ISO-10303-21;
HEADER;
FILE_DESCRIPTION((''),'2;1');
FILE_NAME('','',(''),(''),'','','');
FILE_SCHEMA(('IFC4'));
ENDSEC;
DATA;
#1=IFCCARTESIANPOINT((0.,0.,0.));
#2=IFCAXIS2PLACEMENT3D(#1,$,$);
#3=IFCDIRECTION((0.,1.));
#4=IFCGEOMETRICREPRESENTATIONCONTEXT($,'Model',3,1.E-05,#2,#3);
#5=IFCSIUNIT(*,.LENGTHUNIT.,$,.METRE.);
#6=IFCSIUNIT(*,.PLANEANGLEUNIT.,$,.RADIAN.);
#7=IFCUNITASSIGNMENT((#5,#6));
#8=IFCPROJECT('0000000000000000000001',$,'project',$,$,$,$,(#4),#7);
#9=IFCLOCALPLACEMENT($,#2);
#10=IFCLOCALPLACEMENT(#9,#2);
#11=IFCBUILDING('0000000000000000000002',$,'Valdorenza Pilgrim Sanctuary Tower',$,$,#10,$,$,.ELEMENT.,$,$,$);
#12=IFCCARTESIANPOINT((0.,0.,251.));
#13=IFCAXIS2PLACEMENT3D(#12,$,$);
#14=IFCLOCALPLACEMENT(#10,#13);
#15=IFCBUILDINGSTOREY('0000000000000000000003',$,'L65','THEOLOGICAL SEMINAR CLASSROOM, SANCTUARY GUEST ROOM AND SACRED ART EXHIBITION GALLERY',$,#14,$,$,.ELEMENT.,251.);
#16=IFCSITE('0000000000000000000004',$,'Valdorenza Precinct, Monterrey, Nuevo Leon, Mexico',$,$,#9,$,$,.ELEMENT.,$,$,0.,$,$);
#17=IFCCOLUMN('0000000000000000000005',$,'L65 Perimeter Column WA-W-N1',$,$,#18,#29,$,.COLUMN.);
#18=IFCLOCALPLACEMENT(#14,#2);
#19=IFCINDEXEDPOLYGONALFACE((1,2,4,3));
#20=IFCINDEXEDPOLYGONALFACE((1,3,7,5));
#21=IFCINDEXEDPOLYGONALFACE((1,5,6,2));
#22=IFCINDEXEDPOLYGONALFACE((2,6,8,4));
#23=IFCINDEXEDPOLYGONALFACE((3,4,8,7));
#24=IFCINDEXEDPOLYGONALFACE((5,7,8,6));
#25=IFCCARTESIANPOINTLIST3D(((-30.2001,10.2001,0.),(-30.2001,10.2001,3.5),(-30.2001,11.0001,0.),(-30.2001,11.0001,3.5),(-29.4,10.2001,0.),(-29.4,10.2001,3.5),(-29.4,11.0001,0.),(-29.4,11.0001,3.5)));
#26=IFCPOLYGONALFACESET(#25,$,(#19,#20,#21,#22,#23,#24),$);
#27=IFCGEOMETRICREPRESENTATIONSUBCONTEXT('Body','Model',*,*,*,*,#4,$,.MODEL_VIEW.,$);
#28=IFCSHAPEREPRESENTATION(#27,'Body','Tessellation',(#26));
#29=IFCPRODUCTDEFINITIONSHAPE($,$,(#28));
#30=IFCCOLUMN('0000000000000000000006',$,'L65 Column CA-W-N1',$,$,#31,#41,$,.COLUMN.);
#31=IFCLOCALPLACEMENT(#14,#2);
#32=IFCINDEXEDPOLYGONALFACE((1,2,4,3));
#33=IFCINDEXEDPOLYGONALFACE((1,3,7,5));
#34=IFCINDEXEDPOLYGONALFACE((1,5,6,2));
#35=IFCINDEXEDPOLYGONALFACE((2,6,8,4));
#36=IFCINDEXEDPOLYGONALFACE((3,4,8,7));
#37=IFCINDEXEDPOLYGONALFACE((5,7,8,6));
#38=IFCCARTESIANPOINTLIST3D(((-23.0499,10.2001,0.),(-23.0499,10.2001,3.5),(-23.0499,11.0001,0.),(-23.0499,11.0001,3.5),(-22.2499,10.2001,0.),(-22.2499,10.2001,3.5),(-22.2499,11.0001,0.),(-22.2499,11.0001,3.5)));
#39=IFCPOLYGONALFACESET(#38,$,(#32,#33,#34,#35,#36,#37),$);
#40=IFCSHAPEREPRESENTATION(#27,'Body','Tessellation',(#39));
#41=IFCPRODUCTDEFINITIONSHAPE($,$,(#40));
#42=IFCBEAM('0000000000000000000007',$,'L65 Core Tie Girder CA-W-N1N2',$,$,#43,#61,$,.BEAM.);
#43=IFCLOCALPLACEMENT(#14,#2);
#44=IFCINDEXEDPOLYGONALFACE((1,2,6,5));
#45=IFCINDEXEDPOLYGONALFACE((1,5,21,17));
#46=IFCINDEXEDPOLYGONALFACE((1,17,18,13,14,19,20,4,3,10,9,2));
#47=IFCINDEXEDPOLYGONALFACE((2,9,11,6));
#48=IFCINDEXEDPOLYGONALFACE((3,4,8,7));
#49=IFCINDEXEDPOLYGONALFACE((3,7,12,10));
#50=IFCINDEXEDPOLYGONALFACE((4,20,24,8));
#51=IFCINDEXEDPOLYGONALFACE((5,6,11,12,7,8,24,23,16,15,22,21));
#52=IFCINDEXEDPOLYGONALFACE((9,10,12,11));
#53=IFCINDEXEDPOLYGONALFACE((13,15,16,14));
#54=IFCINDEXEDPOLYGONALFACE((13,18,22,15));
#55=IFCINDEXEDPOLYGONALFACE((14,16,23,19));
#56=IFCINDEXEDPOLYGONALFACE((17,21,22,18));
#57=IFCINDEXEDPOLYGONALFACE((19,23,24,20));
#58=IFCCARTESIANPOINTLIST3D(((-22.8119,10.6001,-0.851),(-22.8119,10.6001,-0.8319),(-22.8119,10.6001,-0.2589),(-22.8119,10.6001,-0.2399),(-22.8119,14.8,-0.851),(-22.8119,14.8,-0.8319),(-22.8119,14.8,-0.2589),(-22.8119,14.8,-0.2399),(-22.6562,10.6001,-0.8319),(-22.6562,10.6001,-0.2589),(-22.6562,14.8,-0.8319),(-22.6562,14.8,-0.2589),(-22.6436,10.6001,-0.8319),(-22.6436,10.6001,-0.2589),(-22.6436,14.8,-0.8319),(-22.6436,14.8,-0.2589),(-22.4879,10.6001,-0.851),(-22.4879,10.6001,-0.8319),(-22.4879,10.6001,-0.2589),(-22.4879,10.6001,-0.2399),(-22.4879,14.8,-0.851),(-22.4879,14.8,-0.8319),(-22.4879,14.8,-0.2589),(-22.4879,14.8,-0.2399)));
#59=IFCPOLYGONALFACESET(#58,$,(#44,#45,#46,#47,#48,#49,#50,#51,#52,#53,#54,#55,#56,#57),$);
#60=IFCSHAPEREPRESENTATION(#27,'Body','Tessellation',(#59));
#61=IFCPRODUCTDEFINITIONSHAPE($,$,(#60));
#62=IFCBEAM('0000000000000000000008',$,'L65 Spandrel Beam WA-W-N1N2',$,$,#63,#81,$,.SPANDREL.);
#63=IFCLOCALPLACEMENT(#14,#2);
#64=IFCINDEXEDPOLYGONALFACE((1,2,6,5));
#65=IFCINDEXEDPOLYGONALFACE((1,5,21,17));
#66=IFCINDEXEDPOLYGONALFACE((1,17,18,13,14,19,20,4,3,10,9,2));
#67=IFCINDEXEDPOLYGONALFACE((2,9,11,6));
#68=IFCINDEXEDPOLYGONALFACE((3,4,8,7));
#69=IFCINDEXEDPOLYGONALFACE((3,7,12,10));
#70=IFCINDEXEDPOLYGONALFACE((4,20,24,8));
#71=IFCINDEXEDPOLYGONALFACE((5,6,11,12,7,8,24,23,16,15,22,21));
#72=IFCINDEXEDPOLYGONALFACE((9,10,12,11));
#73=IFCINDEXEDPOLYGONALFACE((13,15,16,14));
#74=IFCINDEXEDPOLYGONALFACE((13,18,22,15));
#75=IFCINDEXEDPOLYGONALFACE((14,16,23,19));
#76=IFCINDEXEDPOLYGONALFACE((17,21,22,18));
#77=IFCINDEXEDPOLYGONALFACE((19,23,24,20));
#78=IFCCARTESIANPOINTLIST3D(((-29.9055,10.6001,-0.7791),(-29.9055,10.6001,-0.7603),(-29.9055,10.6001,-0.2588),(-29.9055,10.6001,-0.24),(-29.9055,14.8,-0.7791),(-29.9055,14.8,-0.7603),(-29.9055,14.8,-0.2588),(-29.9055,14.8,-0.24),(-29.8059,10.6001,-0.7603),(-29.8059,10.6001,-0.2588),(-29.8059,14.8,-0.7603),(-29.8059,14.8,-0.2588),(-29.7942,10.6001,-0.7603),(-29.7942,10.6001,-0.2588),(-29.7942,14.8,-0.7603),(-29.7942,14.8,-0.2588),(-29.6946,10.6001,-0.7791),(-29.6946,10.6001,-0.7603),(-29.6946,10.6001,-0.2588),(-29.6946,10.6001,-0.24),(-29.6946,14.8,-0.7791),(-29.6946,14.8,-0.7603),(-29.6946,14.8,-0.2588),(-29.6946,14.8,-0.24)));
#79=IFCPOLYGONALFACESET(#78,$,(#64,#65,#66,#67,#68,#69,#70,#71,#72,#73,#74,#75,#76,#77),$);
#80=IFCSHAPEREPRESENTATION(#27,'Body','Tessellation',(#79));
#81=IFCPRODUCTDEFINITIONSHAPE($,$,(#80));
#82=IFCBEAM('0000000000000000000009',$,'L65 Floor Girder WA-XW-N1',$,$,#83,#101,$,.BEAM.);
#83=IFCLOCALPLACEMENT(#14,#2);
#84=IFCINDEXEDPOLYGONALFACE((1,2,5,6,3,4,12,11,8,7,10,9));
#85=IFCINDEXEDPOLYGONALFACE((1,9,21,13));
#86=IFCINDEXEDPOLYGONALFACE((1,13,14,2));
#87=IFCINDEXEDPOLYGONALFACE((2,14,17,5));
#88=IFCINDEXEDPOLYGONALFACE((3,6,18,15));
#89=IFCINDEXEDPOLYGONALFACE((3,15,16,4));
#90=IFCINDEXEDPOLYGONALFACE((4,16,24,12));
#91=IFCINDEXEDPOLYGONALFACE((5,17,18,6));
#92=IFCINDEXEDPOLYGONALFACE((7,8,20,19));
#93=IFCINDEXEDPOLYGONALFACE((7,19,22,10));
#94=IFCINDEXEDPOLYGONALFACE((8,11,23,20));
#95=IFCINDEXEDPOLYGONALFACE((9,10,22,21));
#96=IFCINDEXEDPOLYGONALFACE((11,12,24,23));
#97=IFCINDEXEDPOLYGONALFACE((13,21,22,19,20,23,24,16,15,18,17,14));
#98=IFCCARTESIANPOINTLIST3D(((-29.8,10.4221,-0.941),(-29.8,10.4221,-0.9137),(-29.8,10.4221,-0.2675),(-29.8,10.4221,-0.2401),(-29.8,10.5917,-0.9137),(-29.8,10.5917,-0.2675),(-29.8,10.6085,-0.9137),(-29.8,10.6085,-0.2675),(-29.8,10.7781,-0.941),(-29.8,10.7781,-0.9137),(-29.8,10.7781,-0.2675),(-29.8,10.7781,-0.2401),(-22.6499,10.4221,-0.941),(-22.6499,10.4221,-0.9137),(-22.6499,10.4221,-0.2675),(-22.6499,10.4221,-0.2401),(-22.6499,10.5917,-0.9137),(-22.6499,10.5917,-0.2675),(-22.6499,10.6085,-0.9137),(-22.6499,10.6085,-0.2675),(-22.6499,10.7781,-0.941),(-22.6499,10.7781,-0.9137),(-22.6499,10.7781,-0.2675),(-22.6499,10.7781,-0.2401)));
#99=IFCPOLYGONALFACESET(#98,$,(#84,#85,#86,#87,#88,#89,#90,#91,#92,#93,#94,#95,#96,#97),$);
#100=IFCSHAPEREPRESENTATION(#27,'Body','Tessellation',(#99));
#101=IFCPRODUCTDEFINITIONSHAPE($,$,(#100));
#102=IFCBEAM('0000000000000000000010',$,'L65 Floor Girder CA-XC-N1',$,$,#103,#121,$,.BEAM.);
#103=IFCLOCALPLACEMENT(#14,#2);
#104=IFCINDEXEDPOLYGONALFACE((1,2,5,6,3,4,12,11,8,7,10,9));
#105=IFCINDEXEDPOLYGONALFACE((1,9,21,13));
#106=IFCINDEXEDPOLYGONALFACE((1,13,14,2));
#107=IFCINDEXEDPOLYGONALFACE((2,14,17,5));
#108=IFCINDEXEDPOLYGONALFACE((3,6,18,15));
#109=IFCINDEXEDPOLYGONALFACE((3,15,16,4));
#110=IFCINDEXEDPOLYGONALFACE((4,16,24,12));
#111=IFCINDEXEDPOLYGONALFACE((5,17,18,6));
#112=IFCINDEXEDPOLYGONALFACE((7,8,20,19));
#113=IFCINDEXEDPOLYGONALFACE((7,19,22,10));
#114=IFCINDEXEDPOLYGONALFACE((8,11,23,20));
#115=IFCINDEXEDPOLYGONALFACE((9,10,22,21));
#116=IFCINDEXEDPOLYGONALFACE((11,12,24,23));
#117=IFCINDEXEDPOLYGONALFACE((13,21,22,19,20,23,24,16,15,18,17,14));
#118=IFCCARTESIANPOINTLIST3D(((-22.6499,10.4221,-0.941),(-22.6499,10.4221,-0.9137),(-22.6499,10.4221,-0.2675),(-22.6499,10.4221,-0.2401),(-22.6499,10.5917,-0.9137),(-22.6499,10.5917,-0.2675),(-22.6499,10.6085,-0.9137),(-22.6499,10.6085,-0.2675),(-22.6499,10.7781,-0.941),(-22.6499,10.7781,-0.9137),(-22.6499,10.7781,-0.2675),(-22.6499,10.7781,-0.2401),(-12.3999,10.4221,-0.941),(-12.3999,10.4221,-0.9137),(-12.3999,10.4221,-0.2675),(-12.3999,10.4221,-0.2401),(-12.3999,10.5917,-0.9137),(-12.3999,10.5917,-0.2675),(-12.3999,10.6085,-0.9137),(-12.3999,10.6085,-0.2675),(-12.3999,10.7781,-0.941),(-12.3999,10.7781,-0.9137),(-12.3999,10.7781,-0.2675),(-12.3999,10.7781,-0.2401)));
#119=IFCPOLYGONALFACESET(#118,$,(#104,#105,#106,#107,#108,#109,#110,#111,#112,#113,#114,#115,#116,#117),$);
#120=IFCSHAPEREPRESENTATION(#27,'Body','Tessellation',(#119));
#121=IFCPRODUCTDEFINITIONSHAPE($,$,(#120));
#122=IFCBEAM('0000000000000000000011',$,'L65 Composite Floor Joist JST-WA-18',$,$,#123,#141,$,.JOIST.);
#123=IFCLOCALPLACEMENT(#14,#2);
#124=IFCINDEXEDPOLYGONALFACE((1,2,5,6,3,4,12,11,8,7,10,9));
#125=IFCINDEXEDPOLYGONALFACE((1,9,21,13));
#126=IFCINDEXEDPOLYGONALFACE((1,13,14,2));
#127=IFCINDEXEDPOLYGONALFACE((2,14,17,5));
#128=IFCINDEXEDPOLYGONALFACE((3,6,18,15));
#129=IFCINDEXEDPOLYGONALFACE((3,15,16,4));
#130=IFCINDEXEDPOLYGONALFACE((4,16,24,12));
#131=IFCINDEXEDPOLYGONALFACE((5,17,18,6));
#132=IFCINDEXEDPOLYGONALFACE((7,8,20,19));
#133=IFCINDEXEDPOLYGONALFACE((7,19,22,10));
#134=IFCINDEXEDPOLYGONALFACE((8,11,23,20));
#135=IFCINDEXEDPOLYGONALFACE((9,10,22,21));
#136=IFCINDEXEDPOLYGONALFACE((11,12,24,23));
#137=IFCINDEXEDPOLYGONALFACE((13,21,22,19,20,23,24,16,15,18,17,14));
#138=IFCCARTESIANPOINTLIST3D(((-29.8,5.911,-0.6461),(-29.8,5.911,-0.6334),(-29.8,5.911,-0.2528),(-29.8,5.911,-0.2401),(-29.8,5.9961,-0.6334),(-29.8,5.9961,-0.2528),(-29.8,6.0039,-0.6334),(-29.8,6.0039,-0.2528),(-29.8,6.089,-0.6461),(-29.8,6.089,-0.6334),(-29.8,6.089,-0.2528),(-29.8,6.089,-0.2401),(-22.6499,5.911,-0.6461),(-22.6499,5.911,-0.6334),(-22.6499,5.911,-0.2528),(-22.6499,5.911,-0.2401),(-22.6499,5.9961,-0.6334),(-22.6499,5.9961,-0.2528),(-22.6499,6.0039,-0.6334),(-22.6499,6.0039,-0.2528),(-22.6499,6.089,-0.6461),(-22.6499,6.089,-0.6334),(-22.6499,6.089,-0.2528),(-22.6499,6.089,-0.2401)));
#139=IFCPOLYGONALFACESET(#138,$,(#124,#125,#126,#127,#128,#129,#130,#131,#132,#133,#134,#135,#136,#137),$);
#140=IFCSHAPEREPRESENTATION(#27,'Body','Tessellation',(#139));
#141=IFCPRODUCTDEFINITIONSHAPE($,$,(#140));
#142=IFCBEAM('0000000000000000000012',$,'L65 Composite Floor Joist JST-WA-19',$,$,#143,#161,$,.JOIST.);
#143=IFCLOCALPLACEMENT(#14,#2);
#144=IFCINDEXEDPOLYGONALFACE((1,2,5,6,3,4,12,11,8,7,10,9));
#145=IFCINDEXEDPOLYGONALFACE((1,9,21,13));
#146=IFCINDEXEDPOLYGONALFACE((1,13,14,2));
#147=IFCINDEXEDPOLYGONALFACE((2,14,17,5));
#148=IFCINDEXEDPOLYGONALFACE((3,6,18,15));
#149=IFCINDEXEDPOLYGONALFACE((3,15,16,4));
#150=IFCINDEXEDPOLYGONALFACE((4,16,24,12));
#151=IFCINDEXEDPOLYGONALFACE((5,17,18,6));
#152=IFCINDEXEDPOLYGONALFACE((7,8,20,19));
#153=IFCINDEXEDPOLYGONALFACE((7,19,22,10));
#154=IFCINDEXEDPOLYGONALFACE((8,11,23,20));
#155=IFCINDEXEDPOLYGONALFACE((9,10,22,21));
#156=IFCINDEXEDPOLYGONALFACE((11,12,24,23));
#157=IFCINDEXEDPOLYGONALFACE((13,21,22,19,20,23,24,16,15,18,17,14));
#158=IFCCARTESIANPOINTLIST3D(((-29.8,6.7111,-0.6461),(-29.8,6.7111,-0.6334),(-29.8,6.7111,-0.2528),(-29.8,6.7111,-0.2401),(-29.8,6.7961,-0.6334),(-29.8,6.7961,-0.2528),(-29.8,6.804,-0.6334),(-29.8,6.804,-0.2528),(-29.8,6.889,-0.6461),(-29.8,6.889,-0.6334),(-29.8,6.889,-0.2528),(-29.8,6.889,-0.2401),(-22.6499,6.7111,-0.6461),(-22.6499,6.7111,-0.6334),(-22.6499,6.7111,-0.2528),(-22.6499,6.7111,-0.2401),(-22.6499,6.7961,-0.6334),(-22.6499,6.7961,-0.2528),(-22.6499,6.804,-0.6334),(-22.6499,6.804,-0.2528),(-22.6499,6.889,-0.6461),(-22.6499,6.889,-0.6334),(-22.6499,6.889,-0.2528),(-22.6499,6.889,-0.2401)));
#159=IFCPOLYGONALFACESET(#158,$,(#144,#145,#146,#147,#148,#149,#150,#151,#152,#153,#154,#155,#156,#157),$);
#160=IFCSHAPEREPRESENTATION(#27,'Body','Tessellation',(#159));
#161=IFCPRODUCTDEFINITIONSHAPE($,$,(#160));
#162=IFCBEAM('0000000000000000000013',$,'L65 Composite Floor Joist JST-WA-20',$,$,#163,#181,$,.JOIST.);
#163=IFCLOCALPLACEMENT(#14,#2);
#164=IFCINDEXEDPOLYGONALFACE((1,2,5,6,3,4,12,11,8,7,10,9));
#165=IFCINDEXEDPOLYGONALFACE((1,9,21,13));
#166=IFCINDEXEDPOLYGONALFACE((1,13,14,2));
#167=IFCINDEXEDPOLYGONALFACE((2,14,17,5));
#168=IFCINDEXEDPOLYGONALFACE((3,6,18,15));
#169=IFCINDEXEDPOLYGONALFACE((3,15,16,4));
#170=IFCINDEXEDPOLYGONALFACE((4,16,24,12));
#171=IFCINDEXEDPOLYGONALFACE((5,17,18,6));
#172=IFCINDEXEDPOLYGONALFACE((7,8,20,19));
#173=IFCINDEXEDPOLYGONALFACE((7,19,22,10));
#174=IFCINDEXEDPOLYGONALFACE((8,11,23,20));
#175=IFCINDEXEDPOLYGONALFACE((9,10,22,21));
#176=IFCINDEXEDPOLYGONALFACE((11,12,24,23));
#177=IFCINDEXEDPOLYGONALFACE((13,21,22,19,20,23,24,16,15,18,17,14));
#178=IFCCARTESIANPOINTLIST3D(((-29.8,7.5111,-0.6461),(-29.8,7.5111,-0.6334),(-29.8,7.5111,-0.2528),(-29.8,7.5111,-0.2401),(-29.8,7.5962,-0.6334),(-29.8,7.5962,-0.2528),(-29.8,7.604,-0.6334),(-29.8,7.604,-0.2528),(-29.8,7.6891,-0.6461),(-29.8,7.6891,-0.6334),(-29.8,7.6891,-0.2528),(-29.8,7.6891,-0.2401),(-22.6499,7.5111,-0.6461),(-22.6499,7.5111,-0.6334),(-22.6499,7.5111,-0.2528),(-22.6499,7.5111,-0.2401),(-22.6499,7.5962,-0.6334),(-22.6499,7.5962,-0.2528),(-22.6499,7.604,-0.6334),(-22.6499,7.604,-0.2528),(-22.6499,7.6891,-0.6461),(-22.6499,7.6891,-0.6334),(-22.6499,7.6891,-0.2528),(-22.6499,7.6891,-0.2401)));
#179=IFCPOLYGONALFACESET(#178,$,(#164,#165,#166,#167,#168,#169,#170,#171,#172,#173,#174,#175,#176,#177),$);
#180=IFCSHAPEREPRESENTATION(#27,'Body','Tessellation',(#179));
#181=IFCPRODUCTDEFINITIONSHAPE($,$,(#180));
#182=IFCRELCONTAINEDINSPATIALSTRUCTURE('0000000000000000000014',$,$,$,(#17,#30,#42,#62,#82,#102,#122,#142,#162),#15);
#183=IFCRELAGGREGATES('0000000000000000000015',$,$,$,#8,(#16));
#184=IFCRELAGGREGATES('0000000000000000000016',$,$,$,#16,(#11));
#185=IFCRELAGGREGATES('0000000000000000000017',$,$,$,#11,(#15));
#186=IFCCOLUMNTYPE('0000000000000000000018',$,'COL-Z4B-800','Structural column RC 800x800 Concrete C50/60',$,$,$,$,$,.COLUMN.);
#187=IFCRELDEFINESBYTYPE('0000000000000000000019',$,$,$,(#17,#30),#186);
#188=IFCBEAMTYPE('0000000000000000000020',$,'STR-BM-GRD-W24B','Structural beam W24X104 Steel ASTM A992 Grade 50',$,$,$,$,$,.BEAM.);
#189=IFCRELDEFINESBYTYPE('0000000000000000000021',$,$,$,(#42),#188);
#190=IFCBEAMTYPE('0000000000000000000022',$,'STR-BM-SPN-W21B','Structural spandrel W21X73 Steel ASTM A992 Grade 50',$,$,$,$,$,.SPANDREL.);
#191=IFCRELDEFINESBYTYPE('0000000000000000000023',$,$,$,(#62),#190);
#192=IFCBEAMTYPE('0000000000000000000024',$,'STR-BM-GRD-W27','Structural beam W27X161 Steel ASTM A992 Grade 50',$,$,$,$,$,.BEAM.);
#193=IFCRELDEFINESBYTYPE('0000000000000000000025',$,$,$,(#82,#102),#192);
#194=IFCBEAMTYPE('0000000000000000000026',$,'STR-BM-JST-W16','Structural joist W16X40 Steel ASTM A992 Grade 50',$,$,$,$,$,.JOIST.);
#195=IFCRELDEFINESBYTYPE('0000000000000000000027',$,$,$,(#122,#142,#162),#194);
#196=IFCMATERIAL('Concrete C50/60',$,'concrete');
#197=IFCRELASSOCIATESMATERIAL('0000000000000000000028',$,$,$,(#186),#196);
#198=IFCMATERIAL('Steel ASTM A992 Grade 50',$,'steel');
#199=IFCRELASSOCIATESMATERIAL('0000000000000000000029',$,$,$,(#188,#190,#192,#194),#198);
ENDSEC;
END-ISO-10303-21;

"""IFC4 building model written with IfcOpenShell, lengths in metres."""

from ifc_helpers import new_model, si_unit, direction, frame, origin, origin_2d, place, context, subcontext, project, spatial, rectangle, i_section, extrude, source, transform, mapped, material, material_profile, profile_set, type_object, element, save


model = new_model("IFC4")

# Units and contexts
model_context = context("Model", 3, precision=1e-05, world=origin(), true_north=direction((0.0, 1.0)))
body_context = subcontext(model_context, "Body", "Model", "MODEL_VIEW")
ifc_project = project(units=[si_unit("LENGTHUNIT", "METRE"), si_unit("PLANEANGLEUNIT", "RADIAN")], contexts=[model_context])

# Site, building, storey
site_placement = place(None, origin())
site = spatial("IfcSite", under=ifc_project, at=site_placement, Name="Valdorenza Precinct, Monterrey, Nuevo Leon, Mexico", CompositionType="ELEMENT", RefElevation=0.0)
building_placement = place(site_placement, origin())
building = spatial("IfcBuilding", under=site, at=building_placement, Name="Valdorenza Pilgrim Sanctuary Tower", CompositionType="ELEMENT")
storey_placement = place(building_placement, frame((0.0, 0.0, 251.0)))
storey = spatial("IfcBuildingStorey", under=building, at=storey_placement, Name="L65", Description="THEOLOGICAL SEMINAR CLASSROOM, SANCTUARY GUEST ROOM AND SACRED ART EXHIBITION GALLERY", CompositionType="ELEMENT", Elevation=251.0)

# Columns
ifc_material_1 = material(Name="Concrete C50/60", Category="concrete")
ifc_material_profile_1 = material_profile(ifc_material_1, rectangle(XDim=0.8, YDim=0.8, at=origin_2d()), Name="RC 800x800")
ifc_profile_set_1 = profile_set([ifc_material_profile_1], Name="Concrete C50/60")
column_type = type_object("IfcColumnType", Name="COL-Z4B-800", Description="Structural column RC 800x800 Concrete C50/60", PredefinedType="COLUMN", material=ifc_profile_set_1)
shared_shape_1 = source(origin(), body_context, "Body", "SweptSolid", [
    extrude(rectangle(XDim=0.8, YDim=0.8, at=origin_2d()), origin(), (0.0, 0.0, 1.0), 3.5),
])
for number, where, z_axis, x_axis, name in (
    (1, (-29.8, 10.6001, 0.0), (0.0, 0.0, 1.0), (1.0, 0.0, 0.0), "L65 Perimeter Column WA-W-N1"),
    (2, (-22.6499, 10.6001, 0.0), (0.0, 0.0, 1.0), (1.0, 0.0, 0.0), "L65 Column CA-W-N1"),
):
    element("IfcColumn", number, at=place(storey_placement, frame(where, z_axis=z_axis, x_axis=x_axis)), inside=storey, type_object=column_type, Name=name, PredefinedType="COLUMN", context=body_context, shape_type="MappedRepresentation", body=[
        mapped(shared_shape_1, transform((0.0, 0.0, 0.0), x_axis=(1.0, 0.0, 0.0), y_axis=(0.0, 1.0, 0.0), z_axis=(0.0, 0.0, 1.0), scale=1.0)),
    ])

# Beams
ifc_material_2 = material(Name="Steel ASTM A992 Grade 50", Category="steel")
ifc_material_profile_2 = material_profile(ifc_material_2, i_section(OverallWidth=0.324, OverallDepth=0.6111, WebThickness=0.0127, FlangeThickness=0.019, at=origin_2d()), Name="W24X104")
ifc_profile_set_2 = profile_set([ifc_material_profile_2], Name="Steel ASTM A992 Grade 50")
beam_type_1 = type_object("IfcBeamType", Name="STR-BM-GRD-W24B", Description="Structural beam W24X104 Steel ASTM A992 Grade 50", PredefinedType="BEAM", material=ifc_profile_set_2)
shared_shape_2 = source(origin(), body_context, "Body", "SweptSolid", [
    extrude(i_section(OverallWidth=0.324, OverallDepth=0.6111, WebThickness=0.0127, FlangeThickness=0.019, at=origin_2d()), origin(), (0.0, 0.0, 1.0), 4.2),
])
beam_1_placement = place(storey_placement, frame((-22.6499, 10.6001, -0.5454), z_axis=(0.0, 1.0, 0.0), x_axis=(-1.0, 0.0, 0.0)))
element("IfcBeam", 3, at=beam_1_placement, inside=storey, type_object=beam_type_1, Name="L65 Core Tie Girder CA-W-N1N2", PredefinedType="BEAM", context=body_context, shape_type="MappedRepresentation", body=[
    mapped(shared_shape_2, transform((0.0, 0.0, 0.0), x_axis=(1.0, 0.0, 0.0), y_axis=(0.0, 1.0, 0.0), z_axis=(0.0, 0.0, 1.0), scale=1.0)),
])
ifc_material_profile_3 = material_profile(ifc_material_2, i_section(OverallWidth=0.2109, OverallDepth=0.5391, WebThickness=0.0117, FlangeThickness=0.0188, at=origin_2d()), Name="W21X73")
ifc_profile_set_3 = profile_set([ifc_material_profile_3], Name="Steel ASTM A992 Grade 50")
beam_type_2 = type_object("IfcBeamType", Name="STR-BM-SPN-W21B", Description="Structural spandrel W21X73 Steel ASTM A992 Grade 50", PredefinedType="SPANDREL", material=ifc_profile_set_3)
shared_shape_3 = source(origin(), body_context, "Body", "SweptSolid", [
    extrude(i_section(OverallWidth=0.2109, OverallDepth=0.5391, WebThickness=0.0117, FlangeThickness=0.0188, at=origin_2d()), origin(), (0.0, 0.0, 1.0), 4.2),
])
beam_2_placement = place(storey_placement, frame((-29.8, 10.6001, -0.5095), z_axis=(0.0, 1.0, 0.0), x_axis=(-1.0, 0.0, 0.0)))
element("IfcBeam", 4, at=beam_2_placement, inside=storey, type_object=beam_type_2, Name="L65 Spandrel Beam WA-W-N1N2", PredefinedType="SPANDREL", context=body_context, shape_type="MappedRepresentation", body=[
    mapped(shared_shape_3, transform((0.0, 0.0, 0.0), x_axis=(1.0, 0.0, 0.0), y_axis=(0.0, 1.0, 0.0), z_axis=(0.0, 0.0, 1.0), scale=1.0)),
])
ifc_material_profile_4 = material_profile(ifc_material_2, i_section(OverallWidth=0.356, OverallDepth=0.7009, WebThickness=0.0168, FlangeThickness=0.0273, at=origin_2d()), Name="W27X161")
ifc_profile_set_4 = profile_set([ifc_material_profile_4], Name="Steel ASTM A992 Grade 50")
beam_type_3 = type_object("IfcBeamType", Name="STR-BM-GRD-W27", Description="Structural beam W27X161 Steel ASTM A992 Grade 50", PredefinedType="BEAM", material=ifc_profile_set_4)
shared_shape_4 = source(origin(), body_context, "Body", "SweptSolid", [
    extrude(i_section(OverallWidth=0.356, OverallDepth=0.7009, WebThickness=0.0168, FlangeThickness=0.0273, at=origin_2d()), origin(), (0.0, 0.0, 1.0), 7.1501),
])
beam_3_placement = place(storey_placement, frame((-29.8, 10.6001, -0.5906), z_axis=(1.0, 0.0, 0.0), x_axis=(0.0, 1.0, 0.0)))
element("IfcBeam", 5, at=beam_3_placement, inside=storey, type_object=beam_type_3, Name="L65 Floor Girder WA-XW-N1", PredefinedType="BEAM", context=body_context, shape_type="MappedRepresentation", body=[
    mapped(shared_shape_4, transform((0.0, 0.0, 0.0), x_axis=(1.0, 0.0, 0.0), y_axis=(0.0, 1.0, 0.0), z_axis=(0.0, 0.0, 1.0), scale=1.0)),
])
shared_shape_5 = source(origin(), body_context, "Body", "SweptSolid", [
    extrude(i_section(OverallWidth=0.356, OverallDepth=0.7009, WebThickness=0.0168, FlangeThickness=0.0273, at=origin_2d()), origin(), (0.0, 0.0, 1.0), 10.25),
])
beam_4_placement = place(storey_placement, frame((-22.6499, 10.6001, -0.5906), z_axis=(1.0, 0.0, 0.0), x_axis=(0.0, 1.0, 0.0)))
element("IfcBeam", 6, at=beam_4_placement, inside=storey, type_object=beam_type_3, Name="L65 Floor Girder CA-XC-N1", PredefinedType="BEAM", context=body_context, shape_type="MappedRepresentation", body=[
    mapped(shared_shape_5, transform((0.0, 0.0, 0.0), x_axis=(1.0, 0.0, 0.0), y_axis=(0.0, 1.0, 0.0), z_axis=(0.0, 0.0, 1.0), scale=1.0)),
])
ifc_material_profile_5 = material_profile(ifc_material_2, i_section(OverallWidth=0.178, OverallDepth=0.406, WebThickness=0.0078, FlangeThickness=0.0127, at=origin_2d()), Name="W16X40")
ifc_profile_set_5 = profile_set([ifc_material_profile_5], Name="Steel ASTM A992 Grade 50")
beam_type_4 = type_object("IfcBeamType", Name="STR-BM-JST-W16", Description="Structural joist W16X40 Steel ASTM A992 Grade 50", PredefinedType="JOIST", material=ifc_profile_set_5)
shared_shape_6 = source(origin(), body_context, "Body", "SweptSolid", [
    extrude(i_section(OverallWidth=0.178, OverallDepth=0.406, WebThickness=0.0078, FlangeThickness=0.0127, at=origin_2d()), origin(), (0.0, 0.0, 1.0), 7.1501),
])
for number, where, z_axis, x_axis, name in (
    (7, (-29.8, 6.0, -0.4431), (1.0, 0.0, 0.0), (0.0, 1.0, 0.0), "L65 Composite Floor Joist JST-WA-18"),
    (8, (-29.8, 6.8, -0.4431), (1.0, 0.0, 0.0), (0.0, 1.0, 0.0), "L65 Composite Floor Joist JST-WA-19"),
    (9, (-29.8, 7.6001, -0.4431), (1.0, 0.0, 0.0), (0.0, 1.0, 0.0), "L65 Composite Floor Joist JST-WA-20"),
):
    element("IfcBeam", number, at=place(storey_placement, frame(where, z_axis=z_axis, x_axis=x_axis)), inside=storey, type_object=beam_type_4, Name=name, PredefinedType="JOIST", context=body_context, shape_type="MappedRepresentation", body=[
        mapped(shared_shape_6, transform((0.0, 0.0, 0.0), x_axis=(1.0, 0.0, 0.0), y_axis=(0.0, 1.0, 0.0), z_axis=(0.0, 0.0, 1.0), scale=1.0)),
    ])

save(model, "model.ifc")
